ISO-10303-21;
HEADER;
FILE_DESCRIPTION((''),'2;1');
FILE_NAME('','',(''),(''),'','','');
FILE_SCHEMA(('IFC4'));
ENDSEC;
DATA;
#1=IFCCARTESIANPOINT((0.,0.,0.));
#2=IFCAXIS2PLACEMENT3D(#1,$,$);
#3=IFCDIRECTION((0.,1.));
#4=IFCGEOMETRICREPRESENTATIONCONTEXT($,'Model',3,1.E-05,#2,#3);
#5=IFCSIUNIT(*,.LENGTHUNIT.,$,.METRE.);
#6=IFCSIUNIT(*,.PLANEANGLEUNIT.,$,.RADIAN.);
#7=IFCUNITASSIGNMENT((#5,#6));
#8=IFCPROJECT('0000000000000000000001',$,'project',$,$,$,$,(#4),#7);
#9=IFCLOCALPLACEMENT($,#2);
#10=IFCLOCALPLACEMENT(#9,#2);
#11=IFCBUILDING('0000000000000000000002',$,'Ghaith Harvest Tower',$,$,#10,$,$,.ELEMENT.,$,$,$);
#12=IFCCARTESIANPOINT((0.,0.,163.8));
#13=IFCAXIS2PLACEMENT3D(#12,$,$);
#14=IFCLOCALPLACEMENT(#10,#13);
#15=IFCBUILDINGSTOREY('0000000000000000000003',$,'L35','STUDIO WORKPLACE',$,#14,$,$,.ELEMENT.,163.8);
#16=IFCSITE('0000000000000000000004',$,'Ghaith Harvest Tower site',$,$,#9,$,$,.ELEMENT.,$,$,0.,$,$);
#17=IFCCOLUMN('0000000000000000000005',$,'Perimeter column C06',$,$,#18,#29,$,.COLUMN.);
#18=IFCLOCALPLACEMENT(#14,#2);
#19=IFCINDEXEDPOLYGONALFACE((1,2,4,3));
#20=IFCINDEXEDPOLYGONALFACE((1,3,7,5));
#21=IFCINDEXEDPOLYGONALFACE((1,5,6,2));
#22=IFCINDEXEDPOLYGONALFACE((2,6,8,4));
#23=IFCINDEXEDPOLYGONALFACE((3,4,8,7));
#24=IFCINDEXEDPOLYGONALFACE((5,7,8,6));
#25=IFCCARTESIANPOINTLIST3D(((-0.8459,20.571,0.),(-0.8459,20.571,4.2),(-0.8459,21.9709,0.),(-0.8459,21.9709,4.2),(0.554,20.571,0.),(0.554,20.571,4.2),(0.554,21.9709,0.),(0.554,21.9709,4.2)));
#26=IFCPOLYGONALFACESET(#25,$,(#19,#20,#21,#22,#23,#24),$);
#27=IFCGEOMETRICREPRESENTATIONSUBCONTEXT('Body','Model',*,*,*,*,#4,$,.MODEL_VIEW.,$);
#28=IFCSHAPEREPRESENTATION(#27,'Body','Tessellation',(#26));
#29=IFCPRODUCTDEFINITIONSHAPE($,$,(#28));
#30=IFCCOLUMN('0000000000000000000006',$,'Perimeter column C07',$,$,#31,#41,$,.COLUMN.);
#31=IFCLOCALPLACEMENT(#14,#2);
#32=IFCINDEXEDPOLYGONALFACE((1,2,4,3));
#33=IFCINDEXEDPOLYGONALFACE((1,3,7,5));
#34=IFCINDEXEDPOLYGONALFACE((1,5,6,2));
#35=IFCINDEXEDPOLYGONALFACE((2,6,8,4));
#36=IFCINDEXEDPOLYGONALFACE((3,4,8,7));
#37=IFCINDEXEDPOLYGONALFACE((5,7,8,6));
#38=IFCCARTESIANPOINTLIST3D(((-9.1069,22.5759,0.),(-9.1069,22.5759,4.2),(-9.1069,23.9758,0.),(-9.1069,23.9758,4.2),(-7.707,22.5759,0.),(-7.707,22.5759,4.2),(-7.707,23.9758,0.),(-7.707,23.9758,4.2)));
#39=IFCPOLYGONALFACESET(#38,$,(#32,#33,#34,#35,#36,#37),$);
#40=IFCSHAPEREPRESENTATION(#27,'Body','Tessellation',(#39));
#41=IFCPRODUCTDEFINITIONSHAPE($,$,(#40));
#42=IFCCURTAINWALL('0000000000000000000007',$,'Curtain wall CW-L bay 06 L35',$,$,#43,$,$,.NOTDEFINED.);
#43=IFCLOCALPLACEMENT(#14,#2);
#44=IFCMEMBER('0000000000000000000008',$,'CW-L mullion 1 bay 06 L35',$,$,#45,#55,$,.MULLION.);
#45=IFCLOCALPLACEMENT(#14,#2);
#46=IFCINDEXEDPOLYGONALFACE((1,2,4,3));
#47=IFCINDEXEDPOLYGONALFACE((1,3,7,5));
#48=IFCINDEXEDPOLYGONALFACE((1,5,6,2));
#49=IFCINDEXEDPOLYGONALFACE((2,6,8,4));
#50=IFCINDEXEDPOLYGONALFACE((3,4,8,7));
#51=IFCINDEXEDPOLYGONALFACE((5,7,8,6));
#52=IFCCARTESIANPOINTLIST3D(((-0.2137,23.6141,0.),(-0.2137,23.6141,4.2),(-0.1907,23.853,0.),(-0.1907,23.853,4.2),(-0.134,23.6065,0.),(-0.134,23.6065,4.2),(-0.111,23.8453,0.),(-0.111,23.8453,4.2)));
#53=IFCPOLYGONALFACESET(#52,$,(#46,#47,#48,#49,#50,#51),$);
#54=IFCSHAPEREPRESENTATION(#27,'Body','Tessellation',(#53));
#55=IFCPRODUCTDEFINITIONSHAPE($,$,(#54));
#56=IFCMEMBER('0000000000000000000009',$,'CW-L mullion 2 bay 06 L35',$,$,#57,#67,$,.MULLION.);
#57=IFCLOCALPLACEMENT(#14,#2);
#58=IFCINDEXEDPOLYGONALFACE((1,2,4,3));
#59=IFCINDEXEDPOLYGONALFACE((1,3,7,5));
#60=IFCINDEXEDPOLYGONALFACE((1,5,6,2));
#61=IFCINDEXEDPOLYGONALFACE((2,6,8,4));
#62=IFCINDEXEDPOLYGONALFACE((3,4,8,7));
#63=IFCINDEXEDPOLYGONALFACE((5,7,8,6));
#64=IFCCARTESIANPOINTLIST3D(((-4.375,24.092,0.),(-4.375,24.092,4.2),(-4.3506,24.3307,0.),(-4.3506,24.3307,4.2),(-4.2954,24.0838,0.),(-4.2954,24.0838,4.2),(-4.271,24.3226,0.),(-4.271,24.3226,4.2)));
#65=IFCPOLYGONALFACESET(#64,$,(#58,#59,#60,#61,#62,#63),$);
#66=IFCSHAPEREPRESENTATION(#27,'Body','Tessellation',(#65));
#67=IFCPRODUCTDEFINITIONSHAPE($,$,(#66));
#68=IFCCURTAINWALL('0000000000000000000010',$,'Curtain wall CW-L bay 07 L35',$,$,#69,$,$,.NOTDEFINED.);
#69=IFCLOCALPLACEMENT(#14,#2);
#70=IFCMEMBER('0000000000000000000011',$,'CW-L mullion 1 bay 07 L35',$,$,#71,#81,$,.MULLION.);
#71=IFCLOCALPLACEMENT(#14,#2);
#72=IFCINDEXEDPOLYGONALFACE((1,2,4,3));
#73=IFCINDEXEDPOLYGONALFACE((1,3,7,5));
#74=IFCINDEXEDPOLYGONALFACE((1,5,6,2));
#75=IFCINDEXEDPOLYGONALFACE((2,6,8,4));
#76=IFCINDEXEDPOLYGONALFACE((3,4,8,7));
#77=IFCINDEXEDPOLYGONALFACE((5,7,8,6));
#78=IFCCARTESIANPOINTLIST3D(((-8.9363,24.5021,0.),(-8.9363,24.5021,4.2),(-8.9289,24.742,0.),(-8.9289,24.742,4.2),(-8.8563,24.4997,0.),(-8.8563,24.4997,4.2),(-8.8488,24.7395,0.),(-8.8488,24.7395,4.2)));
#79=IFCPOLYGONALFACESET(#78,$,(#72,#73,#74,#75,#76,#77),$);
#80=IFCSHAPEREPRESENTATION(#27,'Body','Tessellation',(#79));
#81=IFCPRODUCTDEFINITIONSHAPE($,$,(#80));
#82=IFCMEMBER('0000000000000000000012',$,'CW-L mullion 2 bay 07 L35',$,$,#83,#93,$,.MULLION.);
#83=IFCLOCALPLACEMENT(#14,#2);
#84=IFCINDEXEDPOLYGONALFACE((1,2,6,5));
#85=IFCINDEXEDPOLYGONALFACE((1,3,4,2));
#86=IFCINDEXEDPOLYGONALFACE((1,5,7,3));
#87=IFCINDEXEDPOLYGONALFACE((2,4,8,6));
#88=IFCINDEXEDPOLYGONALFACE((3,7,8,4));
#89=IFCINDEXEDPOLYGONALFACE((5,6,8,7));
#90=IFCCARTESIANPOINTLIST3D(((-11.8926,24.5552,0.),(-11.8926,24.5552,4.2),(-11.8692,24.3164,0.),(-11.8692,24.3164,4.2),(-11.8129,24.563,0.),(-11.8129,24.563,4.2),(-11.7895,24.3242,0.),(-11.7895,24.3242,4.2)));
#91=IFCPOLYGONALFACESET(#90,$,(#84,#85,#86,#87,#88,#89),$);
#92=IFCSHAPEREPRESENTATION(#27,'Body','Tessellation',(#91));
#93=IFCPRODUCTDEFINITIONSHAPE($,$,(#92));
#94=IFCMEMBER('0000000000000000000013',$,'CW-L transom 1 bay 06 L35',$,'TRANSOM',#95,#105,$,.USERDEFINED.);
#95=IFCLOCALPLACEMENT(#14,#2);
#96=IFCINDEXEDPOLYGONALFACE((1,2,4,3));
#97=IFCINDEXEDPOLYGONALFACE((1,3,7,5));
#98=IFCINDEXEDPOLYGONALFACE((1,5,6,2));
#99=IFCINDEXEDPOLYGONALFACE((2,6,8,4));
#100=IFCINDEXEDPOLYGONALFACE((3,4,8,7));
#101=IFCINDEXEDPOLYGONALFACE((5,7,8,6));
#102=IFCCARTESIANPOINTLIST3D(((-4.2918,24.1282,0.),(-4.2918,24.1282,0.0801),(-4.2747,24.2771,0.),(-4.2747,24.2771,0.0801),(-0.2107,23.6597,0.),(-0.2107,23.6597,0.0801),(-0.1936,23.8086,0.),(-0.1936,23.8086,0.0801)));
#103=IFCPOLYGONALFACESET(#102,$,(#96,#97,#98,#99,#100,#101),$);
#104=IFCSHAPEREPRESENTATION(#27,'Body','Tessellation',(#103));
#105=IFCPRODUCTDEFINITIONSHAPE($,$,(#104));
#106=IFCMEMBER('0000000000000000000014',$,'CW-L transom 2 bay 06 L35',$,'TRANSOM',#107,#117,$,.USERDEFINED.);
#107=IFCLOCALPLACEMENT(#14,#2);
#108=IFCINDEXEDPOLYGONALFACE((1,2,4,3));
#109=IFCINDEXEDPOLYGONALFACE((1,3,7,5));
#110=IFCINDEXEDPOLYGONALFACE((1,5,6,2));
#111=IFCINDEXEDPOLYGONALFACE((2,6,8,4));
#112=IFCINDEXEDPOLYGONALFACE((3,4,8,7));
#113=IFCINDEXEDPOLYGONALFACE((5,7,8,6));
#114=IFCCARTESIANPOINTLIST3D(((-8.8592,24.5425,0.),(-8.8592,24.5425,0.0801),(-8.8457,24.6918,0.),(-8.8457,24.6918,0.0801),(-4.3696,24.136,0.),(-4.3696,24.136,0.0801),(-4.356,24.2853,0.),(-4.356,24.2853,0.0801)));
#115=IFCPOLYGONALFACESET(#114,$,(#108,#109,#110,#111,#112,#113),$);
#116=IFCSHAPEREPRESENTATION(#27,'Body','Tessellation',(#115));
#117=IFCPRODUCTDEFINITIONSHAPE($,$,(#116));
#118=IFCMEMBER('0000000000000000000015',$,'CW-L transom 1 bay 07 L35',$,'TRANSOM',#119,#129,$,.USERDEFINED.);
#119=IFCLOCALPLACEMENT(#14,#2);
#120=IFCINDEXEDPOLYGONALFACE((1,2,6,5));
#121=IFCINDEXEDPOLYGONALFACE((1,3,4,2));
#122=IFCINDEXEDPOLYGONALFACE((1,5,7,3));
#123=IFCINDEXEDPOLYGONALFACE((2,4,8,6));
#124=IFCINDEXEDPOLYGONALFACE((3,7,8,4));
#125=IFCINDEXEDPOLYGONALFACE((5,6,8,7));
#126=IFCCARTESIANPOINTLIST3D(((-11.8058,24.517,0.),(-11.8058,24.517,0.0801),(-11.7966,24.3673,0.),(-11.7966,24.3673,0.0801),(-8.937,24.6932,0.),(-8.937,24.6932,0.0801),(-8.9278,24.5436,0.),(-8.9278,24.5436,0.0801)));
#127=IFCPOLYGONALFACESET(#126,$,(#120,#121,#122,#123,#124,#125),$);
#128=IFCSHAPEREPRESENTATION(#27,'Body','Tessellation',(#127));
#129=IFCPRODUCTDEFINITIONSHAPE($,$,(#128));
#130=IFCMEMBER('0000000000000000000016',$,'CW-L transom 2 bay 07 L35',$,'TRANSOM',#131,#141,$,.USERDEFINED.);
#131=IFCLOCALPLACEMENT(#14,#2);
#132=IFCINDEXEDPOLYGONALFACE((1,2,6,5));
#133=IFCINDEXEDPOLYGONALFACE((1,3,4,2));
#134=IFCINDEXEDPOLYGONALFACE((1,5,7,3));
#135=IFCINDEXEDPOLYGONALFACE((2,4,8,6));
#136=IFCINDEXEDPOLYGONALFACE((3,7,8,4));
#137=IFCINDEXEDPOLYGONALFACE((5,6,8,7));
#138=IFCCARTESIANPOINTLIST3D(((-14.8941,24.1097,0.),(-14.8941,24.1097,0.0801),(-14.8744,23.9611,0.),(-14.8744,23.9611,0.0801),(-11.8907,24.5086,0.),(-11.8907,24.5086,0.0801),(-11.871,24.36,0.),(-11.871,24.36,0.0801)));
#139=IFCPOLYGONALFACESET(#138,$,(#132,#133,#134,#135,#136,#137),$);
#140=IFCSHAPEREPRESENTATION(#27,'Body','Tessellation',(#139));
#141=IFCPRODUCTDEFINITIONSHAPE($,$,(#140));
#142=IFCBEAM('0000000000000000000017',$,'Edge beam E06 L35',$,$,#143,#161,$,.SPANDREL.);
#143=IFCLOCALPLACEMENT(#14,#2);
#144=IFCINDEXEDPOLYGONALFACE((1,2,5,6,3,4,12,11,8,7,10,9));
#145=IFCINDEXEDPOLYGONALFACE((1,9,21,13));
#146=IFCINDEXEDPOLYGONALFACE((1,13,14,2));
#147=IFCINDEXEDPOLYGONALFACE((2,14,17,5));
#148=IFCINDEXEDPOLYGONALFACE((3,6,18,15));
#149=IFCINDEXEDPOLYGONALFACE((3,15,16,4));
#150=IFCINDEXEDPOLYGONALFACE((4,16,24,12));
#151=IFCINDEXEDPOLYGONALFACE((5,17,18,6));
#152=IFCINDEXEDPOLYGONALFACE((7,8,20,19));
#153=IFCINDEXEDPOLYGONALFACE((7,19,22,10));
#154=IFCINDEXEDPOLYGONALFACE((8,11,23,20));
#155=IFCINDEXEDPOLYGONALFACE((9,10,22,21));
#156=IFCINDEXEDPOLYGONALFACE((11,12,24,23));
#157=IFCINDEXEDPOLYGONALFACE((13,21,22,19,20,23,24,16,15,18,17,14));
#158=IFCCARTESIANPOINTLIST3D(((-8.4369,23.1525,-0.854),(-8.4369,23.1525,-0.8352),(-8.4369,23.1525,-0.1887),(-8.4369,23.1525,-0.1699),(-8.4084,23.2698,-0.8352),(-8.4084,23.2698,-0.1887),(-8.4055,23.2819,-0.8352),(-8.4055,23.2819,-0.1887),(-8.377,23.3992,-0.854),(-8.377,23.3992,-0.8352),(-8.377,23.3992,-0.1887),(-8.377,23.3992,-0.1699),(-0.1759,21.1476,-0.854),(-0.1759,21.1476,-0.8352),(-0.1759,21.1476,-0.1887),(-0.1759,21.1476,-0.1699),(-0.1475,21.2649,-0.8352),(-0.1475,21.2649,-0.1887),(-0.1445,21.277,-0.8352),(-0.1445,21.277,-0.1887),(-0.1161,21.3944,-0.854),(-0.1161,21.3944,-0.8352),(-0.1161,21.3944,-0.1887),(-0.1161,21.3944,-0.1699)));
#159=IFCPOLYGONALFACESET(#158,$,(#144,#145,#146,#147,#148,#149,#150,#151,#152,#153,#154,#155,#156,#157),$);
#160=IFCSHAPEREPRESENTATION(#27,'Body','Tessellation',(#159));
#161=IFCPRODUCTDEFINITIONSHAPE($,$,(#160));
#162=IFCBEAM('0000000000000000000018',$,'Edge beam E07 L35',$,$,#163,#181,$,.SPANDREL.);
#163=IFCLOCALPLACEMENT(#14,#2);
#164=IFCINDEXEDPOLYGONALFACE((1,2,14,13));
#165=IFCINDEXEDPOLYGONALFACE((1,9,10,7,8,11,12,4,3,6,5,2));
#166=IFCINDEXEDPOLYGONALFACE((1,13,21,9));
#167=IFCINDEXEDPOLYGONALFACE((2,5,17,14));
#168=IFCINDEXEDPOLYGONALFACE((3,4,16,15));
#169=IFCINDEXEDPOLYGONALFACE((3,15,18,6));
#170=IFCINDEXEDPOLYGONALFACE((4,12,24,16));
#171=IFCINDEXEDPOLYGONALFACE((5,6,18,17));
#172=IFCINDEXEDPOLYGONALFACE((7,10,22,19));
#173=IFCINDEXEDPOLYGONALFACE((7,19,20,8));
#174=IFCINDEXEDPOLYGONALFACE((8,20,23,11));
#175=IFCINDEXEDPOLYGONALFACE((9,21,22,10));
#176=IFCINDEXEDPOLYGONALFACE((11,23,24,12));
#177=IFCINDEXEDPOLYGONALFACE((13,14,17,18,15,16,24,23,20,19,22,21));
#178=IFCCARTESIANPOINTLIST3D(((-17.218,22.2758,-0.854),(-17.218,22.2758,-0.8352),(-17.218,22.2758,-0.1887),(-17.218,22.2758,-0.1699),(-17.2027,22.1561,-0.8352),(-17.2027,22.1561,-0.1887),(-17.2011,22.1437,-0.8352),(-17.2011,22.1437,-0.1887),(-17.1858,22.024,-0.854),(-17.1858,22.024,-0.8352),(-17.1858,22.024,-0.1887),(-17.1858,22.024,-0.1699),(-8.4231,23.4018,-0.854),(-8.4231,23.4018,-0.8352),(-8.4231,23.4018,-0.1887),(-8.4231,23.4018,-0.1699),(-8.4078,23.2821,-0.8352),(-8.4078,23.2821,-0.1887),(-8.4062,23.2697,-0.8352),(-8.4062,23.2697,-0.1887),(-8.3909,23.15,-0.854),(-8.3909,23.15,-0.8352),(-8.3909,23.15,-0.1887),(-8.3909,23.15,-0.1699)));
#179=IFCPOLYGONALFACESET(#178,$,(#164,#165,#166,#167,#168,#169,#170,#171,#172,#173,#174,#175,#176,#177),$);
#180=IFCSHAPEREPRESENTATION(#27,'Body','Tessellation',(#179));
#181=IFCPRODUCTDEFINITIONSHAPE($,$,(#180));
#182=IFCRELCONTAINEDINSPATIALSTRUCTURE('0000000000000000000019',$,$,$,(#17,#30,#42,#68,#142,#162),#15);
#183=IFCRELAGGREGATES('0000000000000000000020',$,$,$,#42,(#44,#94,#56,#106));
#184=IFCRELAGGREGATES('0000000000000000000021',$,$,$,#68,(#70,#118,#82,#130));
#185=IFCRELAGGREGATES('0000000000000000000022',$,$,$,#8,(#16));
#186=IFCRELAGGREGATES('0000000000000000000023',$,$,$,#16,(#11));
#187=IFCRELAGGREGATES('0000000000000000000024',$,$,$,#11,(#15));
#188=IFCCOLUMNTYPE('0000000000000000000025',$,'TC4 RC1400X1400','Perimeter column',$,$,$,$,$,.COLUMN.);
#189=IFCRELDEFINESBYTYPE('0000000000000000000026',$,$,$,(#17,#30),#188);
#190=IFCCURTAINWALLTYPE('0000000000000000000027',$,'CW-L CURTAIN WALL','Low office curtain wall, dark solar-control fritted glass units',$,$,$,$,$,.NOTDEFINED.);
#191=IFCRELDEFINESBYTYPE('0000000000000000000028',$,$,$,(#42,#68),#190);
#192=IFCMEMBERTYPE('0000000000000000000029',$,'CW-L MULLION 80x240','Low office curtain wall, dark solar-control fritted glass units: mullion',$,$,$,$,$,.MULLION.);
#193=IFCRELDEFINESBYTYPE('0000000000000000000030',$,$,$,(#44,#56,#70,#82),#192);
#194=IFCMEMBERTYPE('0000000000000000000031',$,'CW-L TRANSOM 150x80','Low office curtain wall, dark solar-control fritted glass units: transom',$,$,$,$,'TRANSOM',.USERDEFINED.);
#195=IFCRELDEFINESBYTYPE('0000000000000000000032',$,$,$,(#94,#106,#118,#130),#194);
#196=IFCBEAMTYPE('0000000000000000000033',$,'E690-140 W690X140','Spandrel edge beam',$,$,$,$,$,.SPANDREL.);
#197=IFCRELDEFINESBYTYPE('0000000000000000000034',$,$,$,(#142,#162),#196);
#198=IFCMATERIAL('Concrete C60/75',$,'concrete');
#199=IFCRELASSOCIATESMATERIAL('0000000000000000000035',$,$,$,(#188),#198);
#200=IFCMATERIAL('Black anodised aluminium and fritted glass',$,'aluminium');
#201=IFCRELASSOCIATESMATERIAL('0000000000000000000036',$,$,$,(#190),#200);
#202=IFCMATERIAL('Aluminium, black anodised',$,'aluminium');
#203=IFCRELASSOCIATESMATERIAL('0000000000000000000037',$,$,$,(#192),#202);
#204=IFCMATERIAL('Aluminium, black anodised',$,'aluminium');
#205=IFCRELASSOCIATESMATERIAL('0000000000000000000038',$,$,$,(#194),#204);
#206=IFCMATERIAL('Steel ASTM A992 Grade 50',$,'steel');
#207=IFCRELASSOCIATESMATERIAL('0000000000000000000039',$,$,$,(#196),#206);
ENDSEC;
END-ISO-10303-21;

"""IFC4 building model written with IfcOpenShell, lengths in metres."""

from ifc_helpers import new_model, si_unit, direction, frame, origin, origin_2d, place, context, subcontext, project, spatial, rectangle, i_section, extrude, material, material_profile, profile_set, type_object, element, aggregate, save


model = new_model("IFC4")

# Units and contexts
model_context = context("Model", 3, precision=1e-05, world=origin(), true_north=direction((0.0, 1.0)))
body_context = subcontext(model_context, "Body", "Model", "MODEL_VIEW")
ifc_project = project(units=[si_unit("LENGTHUNIT", "METRE"), si_unit("PLANEANGLEUNIT", "RADIAN")], contexts=[model_context])

# Site, building, storey
site_placement = place(None, origin())
site = spatial("IfcSite", under=ifc_project, at=site_placement, Name="Ghaith Harvest Tower site", CompositionType="ELEMENT", RefElevation=0.0)
building_placement = place(site_placement, origin())
building = spatial("IfcBuilding", under=site, at=building_placement, Name="Ghaith Harvest Tower", CompositionType="ELEMENT")
storey_placement = place(building_placement, frame((0.0, 0.0, 163.8)))
storey = spatial("IfcBuildingStorey", under=building, at=storey_placement, Name="L35", Description="STUDIO WORKPLACE", CompositionType="ELEMENT", Elevation=163.8)

# Columns
ifc_material_1 = material(Name="Concrete C60/75", Category="concrete")
ifc_material_profile_1 = material_profile(ifc_material_1, rectangle(XDim=1.3999, YDim=1.3999, at=origin_2d()), Name="RC1400X1400")
ifc_profile_set_1 = profile_set([ifc_material_profile_1], Name="Concrete C60/75")
column_type = type_object("IfcColumnType", Name="TC4 RC1400X1400", Description="Perimeter column", PredefinedType="COLUMN", material=ifc_profile_set_1)
for number, where, z_axis, x_axis, name in (
    (1, (-0.146, 21.271, 0.0), (0.0, 0.0, 1.0), (1.0, 0.0, 0.0), "Perimeter column C06"),
    (2, (-8.407, 23.2759, 0.0), (0.0, 0.0, 1.0), (1.0, 0.0, 0.0), "Perimeter column C07"),
):
    element("IfcColumn", number, at=place(storey_placement, frame(where, z_axis=z_axis, x_axis=x_axis)), inside=storey, type_object=column_type, Name=name, PredefinedType="COLUMN", context=body_context, shape_type="SweptSolid", body=[
        extrude(rectangle(XDim=1.3999, YDim=1.3999, at=origin_2d()), origin(), (0.0, 0.0, 1.0), 4.2),
    ])

# Curtain walls, members
ifc_material_2 = material(Name="Black anodised aluminium and fritted glass", Category="aluminium")
curtain_wall_type = type_object("IfcCurtainWallType", Name="CW-L CURTAIN WALL", Description="Low office curtain wall, dark solar-control fritted glass units", PredefinedType="NOTDEFINED", material=ifc_material_2)
curtain_wall_1_placement = place(storey_placement, origin())
curtain_wall_1 = element("IfcCurtainWall", 3, at=curtain_wall_1_placement, inside=storey, type_object=curtain_wall_type, Name="Curtain wall CW-L bay 06 L35", PredefinedType="NOTDEFINED")
ifc_material_3 = material(Name="Aluminium, black anodised", Category="aluminium")
ifc_material_profile_2 = material_profile(ifc_material_3, rectangle(XDim=0.0801, YDim=0.24, at=origin_2d()), Name="CW-L MULLION 80x240")
ifc_profile_set_2 = profile_set([ifc_material_profile_2], Name="Aluminium, black anodised")
member_type_1 = type_object("IfcMemberType", Name="CW-L MULLION 80x240", Description="Low office curtain wall, dark solar-control fritted glass units: mullion", PredefinedType="MULLION", material=ifc_profile_set_2)
member_1_placement = place(storey_placement, frame((-0.1624, 23.7297, 0.0), z_axis=(0.0, 0.0, 1.0), x_axis=(-0.995388, 0.09593, 0.0)))
member_1 = element("IfcMember", 4, at=member_1_placement, type_object=member_type_1, Name="CW-L mullion 1 bay 06 L35", PredefinedType="MULLION", context=body_context, shape_type="SweptSolid", body=[
    extrude(rectangle(XDim=0.0801, YDim=0.24, at=origin_2d()), origin(), (0.0, 0.0, 1.0), 4.2),
])
member_2_placement = place(storey_placement, frame((-4.323, 24.2073, 0.0), z_axis=(0.0, 0.0, 1.0), x_axis=(-0.99483, 0.101551, 0.0)))
member_2 = element("IfcMember", 5, at=member_2_placement, type_object=member_type_1, Name="CW-L mullion 2 bay 06 L35", PredefinedType="MULLION", context=body_context, shape_type="SweptSolid", body=[
    extrude(rectangle(XDim=0.0801, YDim=0.24, at=origin_2d()), origin(), (0.0, 0.0, 1.0), 4.2),
])
curtain_wall_2_placement = place(storey_placement, origin())
curtain_wall_2 = element("IfcCurtainWall", 6, at=curtain_wall_2_placement, inside=storey, type_object=curtain_wall_type, Name="Curtain wall CW-L bay 07 L35", PredefinedType="NOTDEFINED")
member_3_placement = place(storey_placement, frame((-8.8926, 24.6208, 0.0), z_axis=(0.0, 0.0, 1.0), x_axis=(-0.999522, 0.030909, 0.0)))
member_3 = element("IfcMember", 7, at=member_3_placement, type_object=member_type_1, Name="CW-L mullion 1 bay 07 L35", PredefinedType="MULLION", context=body_context, shape_type="SweptSolid", body=[
    extrude(rectangle(XDim=0.0801, YDim=0.24, at=origin_2d()), origin(), (0.0, 0.0, 1.0), 4.2),
])
member_4_placement = place(storey_placement, frame((-11.8411, 24.4397, 0.0), z_axis=(0.0, 0.0, 1.0), x_axis=(-0.995238, -0.09748, 0.0)))
member_4 = element("IfcMember", 8, at=member_4_placement, type_object=member_type_1, Name="CW-L mullion 2 bay 07 L35", PredefinedType="MULLION", context=body_context, shape_type="SweptSolid", body=[
    extrude(rectangle(XDim=0.0801, YDim=0.24, at=origin_2d()), origin(), (0.0, 0.0, 1.0), 4.2),
])

# Members
ifc_material_4 = material(Name="Aluminium, black anodised", Category="aluminium")
ifc_material_profile_3 = material_profile(ifc_material_4, rectangle(XDim=0.1499, YDim=0.0801, at=origin_2d()), Name="CW-L TRANSOM 150x80")
ifc_profile_set_3 = profile_set([ifc_material_profile_3], Name="Aluminium, black anodised")
member_type_2 = type_object("IfcMemberType", Name="CW-L TRANSOM 150x80", Description="Low office curtain wall, dark solar-control fritted glass units: transom", ElementType="TRANSOM", PredefinedType="USERDEFINED", material=ifc_profile_set_3)
member_5_placement = place(storey_placement, frame((-0.2021, 23.7341, 0.04), z_axis=(-0.993475, 0.114051, 0.0), x_axis=(-0.114051, -0.993475, 0.0)))
member_5 = element("IfcMember", 9, at=member_5_placement, type_object=member_type_2, Name="CW-L transom 1 bay 06 L35", ObjectType="TRANSOM", PredefinedType="USERDEFINED", context=body_context, shape_type="SweptSolid", body=[
    extrude(rectangle(XDim=0.1499, YDim=0.0801, at=origin_2d()), origin(), (0.0, 0.0, 1.0), 4.1079),
])
member_6_placement = place(storey_placement, frame((-4.3628, 24.2107, 0.04), z_axis=(-0.995926, 0.09017, 0.0), x_axis=(-0.09017, -0.995926, 0.0)))
member_6 = element("IfcMember", 10, at=member_6_placement, type_object=member_type_2, Name="CW-L transom 2 bay 06 L35", ObjectType="TRANSOM", PredefinedType="USERDEFINED", context=body_context, shape_type="SweptSolid", body=[
    extrude(rectangle(XDim=0.1499, YDim=0.0801, at=origin_2d()), origin(), (0.0, 0.0, 1.0), 4.5081),
])
member_7_placement = place(storey_placement, frame((-8.9324, 24.6184, 0.04), z_axis=(-0.998118, -0.061326, 0.0), x_axis=(0.061326, -0.998118, 0.0)))
member_7 = element("IfcMember", 11, at=member_7_placement, type_object=member_type_2, Name="CW-L transom 1 bay 07 L35", ObjectType="TRANSOM", PredefinedType="USERDEFINED", context=body_context, shape_type="SweptSolid", body=[
    extrude(rectangle(XDim=0.1499, YDim=0.0801, at=origin_2d()), origin(), (0.0, 0.0, 1.0), 2.8743),
])
member_8_placement = place(storey_placement, frame((-11.8809, 24.4343, 0.04), z_axis=(-0.991294, -0.131668, 0.0), x_axis=(0.131668, -0.991294, 0.0)))
member_8 = element("IfcMember", 12, at=member_8_placement, type_object=member_type_2, Name="CW-L transom 2 bay 07 L35", ObjectType="TRANSOM", PredefinedType="USERDEFINED", context=body_context, shape_type="SweptSolid", body=[
    extrude(rectangle(XDim=0.1499, YDim=0.0801, at=origin_2d()), origin(), (0.0, 0.0, 1.0), 3.0298),
])

# Beams
ifc_material_5 = material(Name="Steel ASTM A992 Grade 50", Category="steel")
ifc_material_profile_4 = material_profile(ifc_material_5, i_section(OverallWidth=0.2539, OverallDepth=0.6841, WebThickness=0.0125, FlangeThickness=0.0188, at=origin_2d()), Name="W690X140")
ifc_profile_set_4 = profile_set([ifc_material_profile_4], Name="Steel ASTM A992 Grade 50")
beam_type_1 = type_object("IfcBeamType", Name="E690-140 W690X140", Description="Spandrel edge beam", PredefinedType="SPANDREL", material=ifc_profile_set_4)
beam_1_placement = place(storey_placement, frame((-0.146, 21.271, -0.512), z_axis=(-0.97179, 0.235847, 0.0), x_axis=(-0.235847, -0.97179, 0.0)))
element("IfcBeam", 13, at=beam_1_placement, inside=storey, type_object=beam_type_1, Name="Edge beam E06 L35", PredefinedType="SPANDREL", context=body_context, shape_type="SweptSolid", body=[
    extrude(i_section(OverallWidth=0.2539, OverallDepth=0.6841, WebThickness=0.0125, FlangeThickness=0.0188, at=origin_2d()), origin(), (0.0, 0.0, 1.0), 8.5007),
])
beam_2_placement = place(storey_placement, frame((-8.407, 23.2759, -0.512), z_axis=(-0.991904, -0.126989, 0.0), x_axis=(0.126989, -0.991904, 0.0)))
element("IfcBeam", 14, at=beam_2_placement, inside=storey, type_object=beam_type_1, Name="Edge beam E07 L35", PredefinedType="SPANDREL", context=body_context, shape_type="SweptSolid", body=[
    extrude(i_section(OverallWidth=0.2539, OverallDepth=0.6841, WebThickness=0.0125, FlangeThickness=0.0188, at=origin_2d()), origin(), (0.0, 0.0, 1.0), 8.8667),
])

aggregate(curtain_wall_1, [member_1, member_5, member_2, member_6])
aggregate(curtain_wall_2, [member_3, member_7, member_4, member_8])

save(model, "model.ifc")
